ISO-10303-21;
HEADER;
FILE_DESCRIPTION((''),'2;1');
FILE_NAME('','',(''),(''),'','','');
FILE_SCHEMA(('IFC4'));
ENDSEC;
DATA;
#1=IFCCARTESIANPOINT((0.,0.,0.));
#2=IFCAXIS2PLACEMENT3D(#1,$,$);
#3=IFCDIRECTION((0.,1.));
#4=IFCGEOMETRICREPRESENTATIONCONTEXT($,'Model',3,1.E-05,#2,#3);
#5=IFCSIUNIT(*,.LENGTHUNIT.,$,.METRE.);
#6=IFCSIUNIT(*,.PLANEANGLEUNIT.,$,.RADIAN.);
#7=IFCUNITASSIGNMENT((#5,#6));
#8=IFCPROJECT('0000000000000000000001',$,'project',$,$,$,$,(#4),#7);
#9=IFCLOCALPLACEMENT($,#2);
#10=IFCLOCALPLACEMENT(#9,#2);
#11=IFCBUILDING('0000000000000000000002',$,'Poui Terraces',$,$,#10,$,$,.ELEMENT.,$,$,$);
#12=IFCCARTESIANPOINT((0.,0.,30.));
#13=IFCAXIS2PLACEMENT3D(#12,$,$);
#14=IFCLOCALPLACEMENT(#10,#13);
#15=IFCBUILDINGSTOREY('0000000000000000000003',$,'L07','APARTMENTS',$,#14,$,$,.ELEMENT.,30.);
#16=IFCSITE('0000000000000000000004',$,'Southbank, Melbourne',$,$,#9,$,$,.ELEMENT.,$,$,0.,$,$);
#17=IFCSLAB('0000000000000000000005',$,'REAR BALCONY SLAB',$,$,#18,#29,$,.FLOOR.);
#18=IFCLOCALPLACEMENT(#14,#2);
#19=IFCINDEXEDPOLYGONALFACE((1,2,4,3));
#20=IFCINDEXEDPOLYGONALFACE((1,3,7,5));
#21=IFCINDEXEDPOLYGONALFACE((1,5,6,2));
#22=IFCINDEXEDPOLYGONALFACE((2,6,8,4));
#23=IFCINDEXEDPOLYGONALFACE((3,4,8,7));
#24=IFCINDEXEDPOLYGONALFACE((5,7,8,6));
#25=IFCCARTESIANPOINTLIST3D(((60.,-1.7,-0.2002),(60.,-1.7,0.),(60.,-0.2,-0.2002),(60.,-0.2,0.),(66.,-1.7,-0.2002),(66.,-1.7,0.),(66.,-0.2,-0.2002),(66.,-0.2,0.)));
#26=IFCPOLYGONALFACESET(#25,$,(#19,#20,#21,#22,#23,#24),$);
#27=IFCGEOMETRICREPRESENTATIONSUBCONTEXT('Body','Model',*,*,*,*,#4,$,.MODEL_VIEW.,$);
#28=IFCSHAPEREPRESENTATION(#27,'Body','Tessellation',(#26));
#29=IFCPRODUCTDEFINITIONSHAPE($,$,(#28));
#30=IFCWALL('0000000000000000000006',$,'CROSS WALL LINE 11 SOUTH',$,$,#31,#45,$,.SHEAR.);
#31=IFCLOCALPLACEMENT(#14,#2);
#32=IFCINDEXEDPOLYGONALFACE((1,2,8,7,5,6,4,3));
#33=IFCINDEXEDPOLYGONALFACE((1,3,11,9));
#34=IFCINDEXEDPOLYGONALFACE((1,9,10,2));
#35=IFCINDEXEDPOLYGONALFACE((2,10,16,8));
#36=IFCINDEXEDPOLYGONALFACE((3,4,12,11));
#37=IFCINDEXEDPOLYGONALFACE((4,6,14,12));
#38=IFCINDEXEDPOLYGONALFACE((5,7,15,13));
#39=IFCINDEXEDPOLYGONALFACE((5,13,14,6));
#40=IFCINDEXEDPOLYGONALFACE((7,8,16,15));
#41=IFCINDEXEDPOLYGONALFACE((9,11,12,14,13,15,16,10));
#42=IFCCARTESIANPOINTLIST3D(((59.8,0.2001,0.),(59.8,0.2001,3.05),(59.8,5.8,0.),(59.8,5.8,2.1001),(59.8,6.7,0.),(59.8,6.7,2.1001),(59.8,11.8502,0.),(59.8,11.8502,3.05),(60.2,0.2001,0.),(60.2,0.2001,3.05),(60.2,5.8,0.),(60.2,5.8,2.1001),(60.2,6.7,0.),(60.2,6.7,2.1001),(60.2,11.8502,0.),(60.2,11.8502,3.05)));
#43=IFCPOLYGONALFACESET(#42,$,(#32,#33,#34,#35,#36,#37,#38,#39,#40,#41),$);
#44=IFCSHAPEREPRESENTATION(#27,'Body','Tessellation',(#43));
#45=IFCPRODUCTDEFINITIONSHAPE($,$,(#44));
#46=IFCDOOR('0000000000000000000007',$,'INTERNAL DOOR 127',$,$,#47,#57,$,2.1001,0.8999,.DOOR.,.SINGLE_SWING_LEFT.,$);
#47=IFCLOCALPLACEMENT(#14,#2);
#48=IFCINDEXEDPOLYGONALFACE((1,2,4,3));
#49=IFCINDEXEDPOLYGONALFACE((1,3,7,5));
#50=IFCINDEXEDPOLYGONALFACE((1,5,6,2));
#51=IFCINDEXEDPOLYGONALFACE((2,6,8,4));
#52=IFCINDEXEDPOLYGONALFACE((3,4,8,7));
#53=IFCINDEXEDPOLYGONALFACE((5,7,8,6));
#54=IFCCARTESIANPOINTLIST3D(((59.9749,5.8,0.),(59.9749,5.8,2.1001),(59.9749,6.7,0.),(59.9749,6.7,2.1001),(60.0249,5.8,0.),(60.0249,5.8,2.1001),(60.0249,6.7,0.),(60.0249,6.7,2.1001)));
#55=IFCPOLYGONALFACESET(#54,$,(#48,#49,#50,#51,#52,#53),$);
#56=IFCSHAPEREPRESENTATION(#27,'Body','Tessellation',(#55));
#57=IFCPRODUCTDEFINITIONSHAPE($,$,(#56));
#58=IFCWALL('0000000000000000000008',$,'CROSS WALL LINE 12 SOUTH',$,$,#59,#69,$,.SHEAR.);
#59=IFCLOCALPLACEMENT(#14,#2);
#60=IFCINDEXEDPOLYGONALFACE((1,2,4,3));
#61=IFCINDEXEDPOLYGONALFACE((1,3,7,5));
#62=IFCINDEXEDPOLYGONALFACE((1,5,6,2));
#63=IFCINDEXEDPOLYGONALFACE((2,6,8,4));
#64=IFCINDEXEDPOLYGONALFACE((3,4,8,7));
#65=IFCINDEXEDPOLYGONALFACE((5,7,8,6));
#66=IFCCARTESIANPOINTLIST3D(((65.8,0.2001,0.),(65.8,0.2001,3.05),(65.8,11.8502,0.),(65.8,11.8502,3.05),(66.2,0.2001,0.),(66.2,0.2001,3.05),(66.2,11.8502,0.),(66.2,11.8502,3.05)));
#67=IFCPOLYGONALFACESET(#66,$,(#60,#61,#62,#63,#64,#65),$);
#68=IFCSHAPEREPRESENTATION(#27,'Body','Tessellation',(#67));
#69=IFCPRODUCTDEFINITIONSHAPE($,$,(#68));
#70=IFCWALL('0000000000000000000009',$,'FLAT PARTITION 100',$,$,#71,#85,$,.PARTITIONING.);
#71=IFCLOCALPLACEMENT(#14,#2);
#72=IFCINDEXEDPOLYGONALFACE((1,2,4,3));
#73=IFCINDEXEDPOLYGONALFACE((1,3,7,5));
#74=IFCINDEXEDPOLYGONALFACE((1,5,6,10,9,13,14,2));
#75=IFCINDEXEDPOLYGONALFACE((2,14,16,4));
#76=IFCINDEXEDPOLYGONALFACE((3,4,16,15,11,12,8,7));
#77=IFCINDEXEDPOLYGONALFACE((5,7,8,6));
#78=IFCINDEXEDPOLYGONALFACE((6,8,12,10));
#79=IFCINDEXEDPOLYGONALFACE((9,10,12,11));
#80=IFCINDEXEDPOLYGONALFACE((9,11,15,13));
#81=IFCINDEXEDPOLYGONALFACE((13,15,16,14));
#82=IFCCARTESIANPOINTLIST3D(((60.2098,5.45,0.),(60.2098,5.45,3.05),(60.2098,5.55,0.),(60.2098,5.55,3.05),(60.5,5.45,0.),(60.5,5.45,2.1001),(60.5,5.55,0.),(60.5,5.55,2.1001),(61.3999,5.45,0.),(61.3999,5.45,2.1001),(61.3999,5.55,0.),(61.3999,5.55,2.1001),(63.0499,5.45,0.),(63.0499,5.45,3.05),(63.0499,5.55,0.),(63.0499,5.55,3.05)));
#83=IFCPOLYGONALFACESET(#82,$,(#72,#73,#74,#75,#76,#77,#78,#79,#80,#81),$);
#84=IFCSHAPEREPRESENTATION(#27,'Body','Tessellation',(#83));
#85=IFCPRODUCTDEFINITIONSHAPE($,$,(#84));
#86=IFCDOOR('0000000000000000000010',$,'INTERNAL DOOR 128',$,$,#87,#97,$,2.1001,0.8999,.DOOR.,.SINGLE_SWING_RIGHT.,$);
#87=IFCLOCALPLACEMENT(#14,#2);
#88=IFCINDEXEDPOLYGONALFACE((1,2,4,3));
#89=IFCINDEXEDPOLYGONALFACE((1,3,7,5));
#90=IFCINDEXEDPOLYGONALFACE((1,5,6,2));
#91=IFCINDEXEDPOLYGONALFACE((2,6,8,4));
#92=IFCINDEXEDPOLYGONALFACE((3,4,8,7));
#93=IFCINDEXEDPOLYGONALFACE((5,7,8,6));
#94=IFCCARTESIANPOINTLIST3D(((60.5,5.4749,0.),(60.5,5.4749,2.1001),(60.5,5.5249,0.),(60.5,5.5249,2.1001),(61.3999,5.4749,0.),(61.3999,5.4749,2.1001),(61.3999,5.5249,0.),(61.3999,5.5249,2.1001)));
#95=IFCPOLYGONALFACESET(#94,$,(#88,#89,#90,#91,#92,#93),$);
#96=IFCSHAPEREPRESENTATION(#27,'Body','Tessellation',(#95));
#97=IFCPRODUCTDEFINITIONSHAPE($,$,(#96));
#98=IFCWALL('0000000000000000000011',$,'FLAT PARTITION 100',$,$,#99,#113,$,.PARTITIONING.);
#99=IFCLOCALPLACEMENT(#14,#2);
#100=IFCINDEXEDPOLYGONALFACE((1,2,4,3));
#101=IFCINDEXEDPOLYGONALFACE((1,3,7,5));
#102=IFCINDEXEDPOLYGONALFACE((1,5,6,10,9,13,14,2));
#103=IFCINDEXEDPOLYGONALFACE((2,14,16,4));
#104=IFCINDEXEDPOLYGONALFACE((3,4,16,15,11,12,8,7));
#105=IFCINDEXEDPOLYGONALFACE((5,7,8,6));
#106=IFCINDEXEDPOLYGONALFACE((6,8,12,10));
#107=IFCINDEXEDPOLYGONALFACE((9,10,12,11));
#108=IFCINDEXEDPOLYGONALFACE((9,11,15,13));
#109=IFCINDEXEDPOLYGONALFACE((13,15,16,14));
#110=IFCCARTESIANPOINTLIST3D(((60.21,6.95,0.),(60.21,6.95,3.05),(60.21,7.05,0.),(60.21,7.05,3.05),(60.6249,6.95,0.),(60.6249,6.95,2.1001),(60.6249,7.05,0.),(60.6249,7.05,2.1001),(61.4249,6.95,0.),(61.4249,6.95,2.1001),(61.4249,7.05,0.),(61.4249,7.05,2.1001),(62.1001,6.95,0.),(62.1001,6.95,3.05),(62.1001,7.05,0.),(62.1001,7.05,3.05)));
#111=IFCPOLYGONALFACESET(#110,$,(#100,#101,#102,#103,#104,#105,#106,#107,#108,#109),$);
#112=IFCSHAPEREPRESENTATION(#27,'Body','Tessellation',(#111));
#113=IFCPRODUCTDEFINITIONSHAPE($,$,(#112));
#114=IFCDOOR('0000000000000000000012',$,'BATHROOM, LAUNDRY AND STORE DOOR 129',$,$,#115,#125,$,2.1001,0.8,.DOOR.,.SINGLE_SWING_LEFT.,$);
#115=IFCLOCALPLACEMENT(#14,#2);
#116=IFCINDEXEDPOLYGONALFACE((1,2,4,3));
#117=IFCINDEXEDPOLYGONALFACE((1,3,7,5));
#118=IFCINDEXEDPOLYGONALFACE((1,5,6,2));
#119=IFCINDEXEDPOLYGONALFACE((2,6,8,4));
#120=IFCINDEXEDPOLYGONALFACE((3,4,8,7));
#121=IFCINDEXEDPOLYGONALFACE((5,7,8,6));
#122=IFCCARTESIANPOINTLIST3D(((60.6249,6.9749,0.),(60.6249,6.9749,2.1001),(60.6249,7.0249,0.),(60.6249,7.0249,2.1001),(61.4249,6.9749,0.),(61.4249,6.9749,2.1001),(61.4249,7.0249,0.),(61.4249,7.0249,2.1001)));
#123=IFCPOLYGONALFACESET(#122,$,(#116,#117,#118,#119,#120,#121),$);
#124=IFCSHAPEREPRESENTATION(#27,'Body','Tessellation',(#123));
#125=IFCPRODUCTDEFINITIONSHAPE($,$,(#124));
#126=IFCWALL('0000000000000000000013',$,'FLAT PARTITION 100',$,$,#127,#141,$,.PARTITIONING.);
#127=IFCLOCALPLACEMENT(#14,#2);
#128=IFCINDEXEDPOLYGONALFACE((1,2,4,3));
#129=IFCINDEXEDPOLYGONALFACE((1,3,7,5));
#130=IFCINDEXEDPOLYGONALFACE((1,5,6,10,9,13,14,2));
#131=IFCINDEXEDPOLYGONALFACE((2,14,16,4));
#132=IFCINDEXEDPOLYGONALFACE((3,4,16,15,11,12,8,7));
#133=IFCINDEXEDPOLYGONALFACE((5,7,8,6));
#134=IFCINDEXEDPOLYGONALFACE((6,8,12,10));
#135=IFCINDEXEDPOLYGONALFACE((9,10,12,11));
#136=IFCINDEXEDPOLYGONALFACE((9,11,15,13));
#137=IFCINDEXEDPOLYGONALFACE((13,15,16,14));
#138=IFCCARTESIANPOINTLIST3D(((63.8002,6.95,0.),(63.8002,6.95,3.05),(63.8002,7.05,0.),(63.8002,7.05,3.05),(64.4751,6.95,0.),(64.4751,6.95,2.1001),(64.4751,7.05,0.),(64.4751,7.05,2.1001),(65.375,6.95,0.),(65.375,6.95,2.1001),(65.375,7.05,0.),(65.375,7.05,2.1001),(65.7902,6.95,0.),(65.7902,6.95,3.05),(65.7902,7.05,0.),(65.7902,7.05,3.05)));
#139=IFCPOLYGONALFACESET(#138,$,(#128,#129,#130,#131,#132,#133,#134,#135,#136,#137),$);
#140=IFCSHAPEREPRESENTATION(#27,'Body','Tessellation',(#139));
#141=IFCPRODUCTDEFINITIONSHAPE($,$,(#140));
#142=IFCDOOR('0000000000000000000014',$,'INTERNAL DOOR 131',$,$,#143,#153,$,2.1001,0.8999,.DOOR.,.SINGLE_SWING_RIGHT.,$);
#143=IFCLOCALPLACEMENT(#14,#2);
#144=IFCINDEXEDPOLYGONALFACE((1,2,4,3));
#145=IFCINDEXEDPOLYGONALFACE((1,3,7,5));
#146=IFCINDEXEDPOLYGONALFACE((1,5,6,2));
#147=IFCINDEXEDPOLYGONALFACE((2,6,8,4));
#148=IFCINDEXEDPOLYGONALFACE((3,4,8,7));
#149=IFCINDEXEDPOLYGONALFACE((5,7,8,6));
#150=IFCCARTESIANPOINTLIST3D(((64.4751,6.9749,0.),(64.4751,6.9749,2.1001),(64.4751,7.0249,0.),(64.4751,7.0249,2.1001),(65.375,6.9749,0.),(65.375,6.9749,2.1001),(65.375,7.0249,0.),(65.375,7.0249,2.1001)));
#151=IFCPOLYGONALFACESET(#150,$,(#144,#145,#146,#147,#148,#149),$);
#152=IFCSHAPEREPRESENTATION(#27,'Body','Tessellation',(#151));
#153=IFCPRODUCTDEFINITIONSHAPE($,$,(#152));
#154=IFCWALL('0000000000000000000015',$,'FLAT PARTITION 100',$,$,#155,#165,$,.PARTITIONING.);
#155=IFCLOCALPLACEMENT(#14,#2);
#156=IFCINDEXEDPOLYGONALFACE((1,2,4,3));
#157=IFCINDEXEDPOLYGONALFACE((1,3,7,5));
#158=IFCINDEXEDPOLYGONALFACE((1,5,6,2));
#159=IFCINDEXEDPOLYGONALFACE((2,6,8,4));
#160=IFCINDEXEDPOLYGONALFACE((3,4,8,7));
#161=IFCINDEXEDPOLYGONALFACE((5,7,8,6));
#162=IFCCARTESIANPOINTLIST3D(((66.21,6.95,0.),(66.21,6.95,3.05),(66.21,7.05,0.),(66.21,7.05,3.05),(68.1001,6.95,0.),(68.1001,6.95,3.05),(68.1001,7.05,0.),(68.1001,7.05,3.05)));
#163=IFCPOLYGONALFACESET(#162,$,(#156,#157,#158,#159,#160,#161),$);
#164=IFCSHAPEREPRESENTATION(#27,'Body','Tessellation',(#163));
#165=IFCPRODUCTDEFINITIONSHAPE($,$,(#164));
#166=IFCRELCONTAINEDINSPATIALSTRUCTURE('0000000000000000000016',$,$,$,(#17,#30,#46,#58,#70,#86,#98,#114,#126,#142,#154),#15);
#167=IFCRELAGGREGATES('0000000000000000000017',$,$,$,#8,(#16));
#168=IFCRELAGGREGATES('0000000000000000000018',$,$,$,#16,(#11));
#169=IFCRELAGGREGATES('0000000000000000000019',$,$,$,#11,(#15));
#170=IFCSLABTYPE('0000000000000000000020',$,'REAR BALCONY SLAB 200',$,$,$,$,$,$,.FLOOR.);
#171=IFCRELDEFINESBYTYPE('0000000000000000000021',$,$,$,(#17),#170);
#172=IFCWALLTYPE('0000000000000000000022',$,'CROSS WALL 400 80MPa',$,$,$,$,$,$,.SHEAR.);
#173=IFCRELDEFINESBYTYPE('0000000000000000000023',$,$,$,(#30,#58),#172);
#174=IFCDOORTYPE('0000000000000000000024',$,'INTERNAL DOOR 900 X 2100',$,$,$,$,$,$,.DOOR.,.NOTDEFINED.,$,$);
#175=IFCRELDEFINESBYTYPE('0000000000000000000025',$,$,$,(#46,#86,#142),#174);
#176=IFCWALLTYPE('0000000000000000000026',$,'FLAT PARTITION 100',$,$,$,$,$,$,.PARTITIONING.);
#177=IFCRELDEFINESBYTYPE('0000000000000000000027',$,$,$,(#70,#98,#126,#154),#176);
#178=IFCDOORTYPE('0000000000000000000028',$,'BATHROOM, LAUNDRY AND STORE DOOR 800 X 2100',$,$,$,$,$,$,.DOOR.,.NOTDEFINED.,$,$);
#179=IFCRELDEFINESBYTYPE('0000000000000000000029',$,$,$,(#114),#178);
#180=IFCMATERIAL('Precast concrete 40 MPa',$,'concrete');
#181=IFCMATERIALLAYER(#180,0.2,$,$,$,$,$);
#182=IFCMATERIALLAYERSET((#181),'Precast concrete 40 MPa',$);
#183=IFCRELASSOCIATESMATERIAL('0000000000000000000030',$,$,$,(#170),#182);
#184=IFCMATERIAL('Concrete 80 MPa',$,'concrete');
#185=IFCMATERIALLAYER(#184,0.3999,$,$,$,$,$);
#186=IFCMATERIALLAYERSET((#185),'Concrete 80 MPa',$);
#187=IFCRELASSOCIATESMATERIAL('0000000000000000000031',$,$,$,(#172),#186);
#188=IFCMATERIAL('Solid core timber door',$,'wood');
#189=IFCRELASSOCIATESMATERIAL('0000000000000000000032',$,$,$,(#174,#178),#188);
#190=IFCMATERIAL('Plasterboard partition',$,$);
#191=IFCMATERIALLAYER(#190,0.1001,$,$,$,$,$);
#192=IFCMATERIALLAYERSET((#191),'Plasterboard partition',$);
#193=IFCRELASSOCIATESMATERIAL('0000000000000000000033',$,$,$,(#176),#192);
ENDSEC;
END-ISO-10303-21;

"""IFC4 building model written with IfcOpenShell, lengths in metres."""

from ifc_helpers import new_model, si_unit, direction, frame, frame_2d, origin, place, context, subcontext, project, spatial, polyline, rectangle, outline, extrude, source, transform, mapped, material, layer, layer_set, type_object, element, fill, save


model = new_model("IFC4")

# Units and contexts
model_context = context("Model", 3, precision=1e-05, world=origin(), true_north=direction((0.0, 1.0)))
body_context = subcontext(model_context, "Body", "Model", "MODEL_VIEW")
ifc_project = project(units=[si_unit("LENGTHUNIT", "METRE"), si_unit("PLANEANGLEUNIT", "RADIAN")], contexts=[model_context])

# Site, building, storey
site_placement = place(None, origin())
site = spatial("IfcSite", under=ifc_project, at=site_placement, Name="Southbank, Melbourne", CompositionType="ELEMENT", RefElevation=0.0)
building_placement = place(site_placement, origin())
building = spatial("IfcBuilding", under=site, at=building_placement, Name="Poui Terraces", CompositionType="ELEMENT")
storey_placement = place(building_placement, frame((0.0, 0.0, 30.0)))
storey = spatial("IfcBuildingStorey", under=building, at=storey_placement, Name="L07", Description="APARTMENTS", CompositionType="ELEMENT", Elevation=30.0)

# Slab
ifc_material_1 = material(Name="Precast concrete 40 MPa", Category="concrete")
ifc_layer_1 = layer(ifc_material_1, 0.2)
ifc_layer_set_1 = layer_set([ifc_layer_1], Name="Precast concrete 40 MPa")
slab_type = type_object("IfcSlabType", Name="REAR BALCONY SLAB 200", PredefinedType="FLOOR", material=ifc_layer_set_1)
shared_shape_1 = source(origin(), body_context, "Body", "SweptSolid", [
    extrude(outline(polyline([(0.0, 0.0), (6.0, 0.0), (6.0, 1.5), (0.0, 1.5), (0.0, 0.0)])), origin(), (0.0, 0.0, 1.0), 0.2002),
])
slab_placement = place(storey_placement, frame((60.0, -1.7, -0.2002)))
element("IfcSlab", 1, at=slab_placement, inside=storey, type_object=slab_type, Name="REAR BALCONY SLAB", PredefinedType="FLOOR", context=body_context, shape_type="MappedRepresentation", body=[
    mapped(shared_shape_1, transform((0.0, 0.0, 0.0))),
])

# Wall, opening, door
ifc_material_2 = material(Name="Concrete 80 MPa", Category="concrete")
ifc_layer_2 = layer(ifc_material_2, 0.3999)
ifc_layer_set_2 = layer_set([ifc_layer_2], Name="Concrete 80 MPa")
wall_type_1 = type_object("IfcWallType", Name="CROSS WALL 400 80MPa", PredefinedType="SHEAR", material=ifc_layer_set_2)
wall_1_placement = place(storey_placement, frame((60.0, 0.2, 0.0), z_axis=(0.0, 0.0, 1.0), x_axis=(0.0, 1.0, 0.0)))
wall_1 = element("IfcWall", 2, at=wall_1_placement, inside=storey, type_object=wall_type_1, Name="CROSS WALL LINE 11 SOUTH", PredefinedType="SHEAR", context=body_context, shape_type="SweptSolid", body=[
    extrude(rectangle(XDim=11.6501, YDim=0.3999, at=frame_2d((5.8252, 0.0))), origin(), (0.0, 0.0, 1.0), 3.05),
])
opening_1_placement = place(wall_1_placement, frame((5.6001, 0.0, 0.0)))
opening_1 = element("IfcOpeningElement", 3, at=opening_1_placement, cuts=wall_1, PredefinedType="OPENING", context=body_context, shape_type="SweptSolid", body=[
    extrude(rectangle(XDim=0.8999, YDim=2.1001, at=frame_2d((0.45, 1.05))), frame((0.0, 0.21, 0.0), z_axis=(0.0, -1.0, 0.0), x_axis=(1.0, 0.0, 0.0)), (0.0, 0.0, 1.0), 0.4199),
])
ifc_material_3 = material(Name="Solid core timber door", Category="wood")
door_type_1 = type_object("IfcDoorType", Name="INTERNAL DOOR 900 X 2100", OperationType="NOTDEFINED", PredefinedType="DOOR", material=ifc_material_3)
door_1_placement = place(opening_1_placement, frame((0.8999, 0.0, 0.0), z_axis=(0.0, 0.0, 1.0), x_axis=(-1.0, 0.0, 0.0)))
door_1 = element("IfcDoor", 4, at=door_1_placement, inside=storey, type_object=door_type_1, Name="INTERNAL DOOR 127", OperationType="SINGLE_SWING_LEFT", OverallHeight=2.1001, OverallWidth=0.8999, PredefinedType="DOOR", context=body_context, shape_type="SweptSolid", body=[
    extrude(rectangle(XDim=0.8999, YDim=2.1001, at=frame_2d((0.45, 1.05))), frame((0.0, 0.0249, 0.0), z_axis=(0.0, -1.0, 0.0), x_axis=(1.0, 0.0, 0.0)), (0.0, 0.0, 1.0), 0.05),
])
fill(opening_1, door_1)

# Wall
wall_2_placement = place(storey_placement, frame((66.0, 0.2, 0.0), z_axis=(0.0, 0.0, 1.0), x_axis=(0.0, 1.0, 0.0)))
element("IfcWall", 5, at=wall_2_placement, inside=storey, type_object=wall_type_1, Name="CROSS WALL LINE 12 SOUTH", PredefinedType="SHEAR", context=body_context, shape_type="SweptSolid", body=[
    extrude(rectangle(XDim=11.6501, YDim=0.3999, at=frame_2d((5.8252, 0.0))), origin(), (0.0, 0.0, 1.0), 3.05),
])

# Walls, openings, doors
ifc_material_4 = material(Name="Plasterboard partition")
ifc_layer_3 = layer(ifc_material_4, 0.1001)
ifc_layer_set_3 = layer_set([ifc_layer_3], Name="Plasterboard partition")
wall_type_2 = type_object("IfcWallType", Name="FLAT PARTITION 100", PredefinedType="PARTITIONING", material=ifc_layer_set_3)
wall_3_placement = place(storey_placement, frame((60.21, 5.5, 0.0), z_axis=(0.0, 0.0, 1.0), x_axis=(1.0, 0.0, 0.0)))
wall_3 = element("IfcWall", 6, at=wall_3_placement, inside=storey, type_object=wall_type_2, Name="FLAT PARTITION 100", PredefinedType="PARTITIONING", context=body_context, shape_type="SweptSolid", body=[
    extrude(rectangle(XDim=2.8401, YDim=0.1001, at=frame_2d((1.4199, 0.0))), origin(), (0.0, 0.0, 1.0), 3.05),
])
opening_2_placement = place(wall_3_placement, frame((0.29, 0.0, 0.0)))
opening_2 = element("IfcOpeningElement", 7, at=opening_2_placement, cuts=wall_3, PredefinedType="OPENING", context=body_context, shape_type="SweptSolid", body=[
    extrude(rectangle(XDim=0.8999, YDim=2.1001, at=frame_2d((0.45, 1.05))), frame((0.0, 0.0601, 0.0), z_axis=(0.0, -1.0, 0.0), x_axis=(1.0, 0.0, 0.0)), (0.0, 0.0, 1.0), 0.1201),
])
door_2_placement = place(opening_2_placement, origin())
door_2 = element("IfcDoor", 8, at=door_2_placement, inside=storey, type_object=door_type_1, Name="INTERNAL DOOR 128", OperationType="SINGLE_SWING_RIGHT", OverallHeight=2.1001, OverallWidth=0.8999, PredefinedType="DOOR", context=body_context, shape_type="SweptSolid", body=[
    extrude(rectangle(XDim=0.8999, YDim=2.1001, at=frame_2d((0.45, 1.05))), frame((0.0, 0.0249, 0.0), z_axis=(0.0, -1.0, 0.0), x_axis=(1.0, 0.0, 0.0)), (0.0, 0.0, 1.0), 0.05),
])
fill(opening_2, door_2)
wall_4_placement = place(storey_placement, frame((60.21, 7.0, 0.0), z_axis=(0.0, 0.0, 1.0), x_axis=(1.0, 0.0, 0.0)))
wall_4 = element("IfcWall", 9, at=wall_4_placement, inside=storey, type_object=wall_type_2, Name="FLAT PARTITION 100", PredefinedType="PARTITIONING", context=body_context, shape_type="SweptSolid", body=[
    extrude(rectangle(XDim=1.8901, YDim=0.1001, at=frame_2d((0.9451, 0.0))), origin(), (0.0, 0.0, 1.0), 3.05),
])
opening_3_placement = place(wall_4_placement, frame((0.415, 0.0, 0.0)))
opening_3 = element("IfcOpeningElement", 10, at=opening_3_placement, cuts=wall_4, PredefinedType="OPENING", context=body_context, shape_type="SweptSolid", body=[
    extrude(rectangle(XDim=0.8, YDim=2.1001, at=frame_2d((0.3999, 1.05))), frame((0.0, 0.0601, 0.0), z_axis=(0.0, -1.0, 0.0), x_axis=(1.0, 0.0, 0.0)), (0.0, 0.0, 1.0), 0.1201),
])
door_type_2 = type_object("IfcDoorType", Name="BATHROOM, LAUNDRY AND STORE DOOR 800 X 2100", OperationType="NOTDEFINED", PredefinedType="DOOR", material=ifc_material_3)
door_3_placement = place(opening_3_placement, origin())
door_3 = element("IfcDoor", 11, at=door_3_placement, inside=storey, type_object=door_type_2, Name="BATHROOM, LAUNDRY AND STORE DOOR 129", OperationType="SINGLE_SWING_LEFT", OverallHeight=2.1001, OverallWidth=0.8, PredefinedType="DOOR", context=body_context, shape_type="SweptSolid", body=[
    extrude(rectangle(XDim=0.8, YDim=2.1001, at=frame_2d((0.3999, 1.05))), frame((0.0, 0.0249, 0.0), z_axis=(0.0, -1.0, 0.0), x_axis=(1.0, 0.0, 0.0)), (0.0, 0.0, 1.0), 0.05),
])
fill(opening_3, door_3)
wall_5_placement = place(storey_placement, frame((63.8, 7.0, 0.0), z_axis=(0.0, 0.0, 1.0), x_axis=(1.0, 0.0, 0.0)))
wall_5 = element("IfcWall", 12, at=wall_5_placement, inside=storey, type_object=wall_type_2, Name="FLAT PARTITION 100", PredefinedType="PARTITIONING", context=body_context, shape_type="SweptSolid", body=[
    extrude(rectangle(XDim=1.99, YDim=0.1001, at=frame_2d((0.9951, 0.0))), origin(), (0.0, 0.0, 1.0), 3.05),
])
opening_4_placement = place(wall_5_placement, frame((0.675, 0.0, 0.0)))
opening_4 = element("IfcOpeningElement", 13, at=opening_4_placement, cuts=wall_5, PredefinedType="OPENING", context=body_context, shape_type="SweptSolid", body=[
    extrude(rectangle(XDim=0.8999, YDim=2.1001, at=frame_2d((0.45, 1.05))), frame((0.0, 0.0601, 0.0), z_axis=(0.0, -1.0, 0.0), x_axis=(1.0, 0.0, 0.0)), (0.0, 0.0, 1.0), 0.1201),
])
door_4_placement = place(opening_4_placement, origin())
door_4 = element("IfcDoor", 14, at=door_4_placement, inside=storey, type_object=door_type_1, Name="INTERNAL DOOR 131", OperationType="SINGLE_SWING_RIGHT", OverallHeight=2.1001, OverallWidth=0.8999, PredefinedType="DOOR", context=body_context, shape_type="SweptSolid", body=[
    extrude(rectangle(XDim=0.8999, YDim=2.1001, at=frame_2d((0.45, 1.05))), frame((0.0, 0.0249, 0.0), z_axis=(0.0, -1.0, 0.0), x_axis=(1.0, 0.0, 0.0)), (0.0, 0.0, 1.0), 0.05),
])
fill(opening_4, door_4)

# Wall
wall_6_placement = place(storey_placement, frame((66.21, 7.0, 0.0), z_axis=(0.0, 0.0, 1.0), x_axis=(1.0, 0.0, 0.0)))
element("IfcWall", 15, at=wall_6_placement, inside=storey, type_object=wall_type_2, Name="FLAT PARTITION 100", PredefinedType="PARTITIONING", context=body_context, shape_type="SweptSolid", body=[
    extrude(rectangle(XDim=1.8901, YDim=0.1001, at=frame_2d((0.9451, 0.0))), origin(), (0.0, 0.0, 1.0), 3.05),
])

save(model, "model.ifc")
